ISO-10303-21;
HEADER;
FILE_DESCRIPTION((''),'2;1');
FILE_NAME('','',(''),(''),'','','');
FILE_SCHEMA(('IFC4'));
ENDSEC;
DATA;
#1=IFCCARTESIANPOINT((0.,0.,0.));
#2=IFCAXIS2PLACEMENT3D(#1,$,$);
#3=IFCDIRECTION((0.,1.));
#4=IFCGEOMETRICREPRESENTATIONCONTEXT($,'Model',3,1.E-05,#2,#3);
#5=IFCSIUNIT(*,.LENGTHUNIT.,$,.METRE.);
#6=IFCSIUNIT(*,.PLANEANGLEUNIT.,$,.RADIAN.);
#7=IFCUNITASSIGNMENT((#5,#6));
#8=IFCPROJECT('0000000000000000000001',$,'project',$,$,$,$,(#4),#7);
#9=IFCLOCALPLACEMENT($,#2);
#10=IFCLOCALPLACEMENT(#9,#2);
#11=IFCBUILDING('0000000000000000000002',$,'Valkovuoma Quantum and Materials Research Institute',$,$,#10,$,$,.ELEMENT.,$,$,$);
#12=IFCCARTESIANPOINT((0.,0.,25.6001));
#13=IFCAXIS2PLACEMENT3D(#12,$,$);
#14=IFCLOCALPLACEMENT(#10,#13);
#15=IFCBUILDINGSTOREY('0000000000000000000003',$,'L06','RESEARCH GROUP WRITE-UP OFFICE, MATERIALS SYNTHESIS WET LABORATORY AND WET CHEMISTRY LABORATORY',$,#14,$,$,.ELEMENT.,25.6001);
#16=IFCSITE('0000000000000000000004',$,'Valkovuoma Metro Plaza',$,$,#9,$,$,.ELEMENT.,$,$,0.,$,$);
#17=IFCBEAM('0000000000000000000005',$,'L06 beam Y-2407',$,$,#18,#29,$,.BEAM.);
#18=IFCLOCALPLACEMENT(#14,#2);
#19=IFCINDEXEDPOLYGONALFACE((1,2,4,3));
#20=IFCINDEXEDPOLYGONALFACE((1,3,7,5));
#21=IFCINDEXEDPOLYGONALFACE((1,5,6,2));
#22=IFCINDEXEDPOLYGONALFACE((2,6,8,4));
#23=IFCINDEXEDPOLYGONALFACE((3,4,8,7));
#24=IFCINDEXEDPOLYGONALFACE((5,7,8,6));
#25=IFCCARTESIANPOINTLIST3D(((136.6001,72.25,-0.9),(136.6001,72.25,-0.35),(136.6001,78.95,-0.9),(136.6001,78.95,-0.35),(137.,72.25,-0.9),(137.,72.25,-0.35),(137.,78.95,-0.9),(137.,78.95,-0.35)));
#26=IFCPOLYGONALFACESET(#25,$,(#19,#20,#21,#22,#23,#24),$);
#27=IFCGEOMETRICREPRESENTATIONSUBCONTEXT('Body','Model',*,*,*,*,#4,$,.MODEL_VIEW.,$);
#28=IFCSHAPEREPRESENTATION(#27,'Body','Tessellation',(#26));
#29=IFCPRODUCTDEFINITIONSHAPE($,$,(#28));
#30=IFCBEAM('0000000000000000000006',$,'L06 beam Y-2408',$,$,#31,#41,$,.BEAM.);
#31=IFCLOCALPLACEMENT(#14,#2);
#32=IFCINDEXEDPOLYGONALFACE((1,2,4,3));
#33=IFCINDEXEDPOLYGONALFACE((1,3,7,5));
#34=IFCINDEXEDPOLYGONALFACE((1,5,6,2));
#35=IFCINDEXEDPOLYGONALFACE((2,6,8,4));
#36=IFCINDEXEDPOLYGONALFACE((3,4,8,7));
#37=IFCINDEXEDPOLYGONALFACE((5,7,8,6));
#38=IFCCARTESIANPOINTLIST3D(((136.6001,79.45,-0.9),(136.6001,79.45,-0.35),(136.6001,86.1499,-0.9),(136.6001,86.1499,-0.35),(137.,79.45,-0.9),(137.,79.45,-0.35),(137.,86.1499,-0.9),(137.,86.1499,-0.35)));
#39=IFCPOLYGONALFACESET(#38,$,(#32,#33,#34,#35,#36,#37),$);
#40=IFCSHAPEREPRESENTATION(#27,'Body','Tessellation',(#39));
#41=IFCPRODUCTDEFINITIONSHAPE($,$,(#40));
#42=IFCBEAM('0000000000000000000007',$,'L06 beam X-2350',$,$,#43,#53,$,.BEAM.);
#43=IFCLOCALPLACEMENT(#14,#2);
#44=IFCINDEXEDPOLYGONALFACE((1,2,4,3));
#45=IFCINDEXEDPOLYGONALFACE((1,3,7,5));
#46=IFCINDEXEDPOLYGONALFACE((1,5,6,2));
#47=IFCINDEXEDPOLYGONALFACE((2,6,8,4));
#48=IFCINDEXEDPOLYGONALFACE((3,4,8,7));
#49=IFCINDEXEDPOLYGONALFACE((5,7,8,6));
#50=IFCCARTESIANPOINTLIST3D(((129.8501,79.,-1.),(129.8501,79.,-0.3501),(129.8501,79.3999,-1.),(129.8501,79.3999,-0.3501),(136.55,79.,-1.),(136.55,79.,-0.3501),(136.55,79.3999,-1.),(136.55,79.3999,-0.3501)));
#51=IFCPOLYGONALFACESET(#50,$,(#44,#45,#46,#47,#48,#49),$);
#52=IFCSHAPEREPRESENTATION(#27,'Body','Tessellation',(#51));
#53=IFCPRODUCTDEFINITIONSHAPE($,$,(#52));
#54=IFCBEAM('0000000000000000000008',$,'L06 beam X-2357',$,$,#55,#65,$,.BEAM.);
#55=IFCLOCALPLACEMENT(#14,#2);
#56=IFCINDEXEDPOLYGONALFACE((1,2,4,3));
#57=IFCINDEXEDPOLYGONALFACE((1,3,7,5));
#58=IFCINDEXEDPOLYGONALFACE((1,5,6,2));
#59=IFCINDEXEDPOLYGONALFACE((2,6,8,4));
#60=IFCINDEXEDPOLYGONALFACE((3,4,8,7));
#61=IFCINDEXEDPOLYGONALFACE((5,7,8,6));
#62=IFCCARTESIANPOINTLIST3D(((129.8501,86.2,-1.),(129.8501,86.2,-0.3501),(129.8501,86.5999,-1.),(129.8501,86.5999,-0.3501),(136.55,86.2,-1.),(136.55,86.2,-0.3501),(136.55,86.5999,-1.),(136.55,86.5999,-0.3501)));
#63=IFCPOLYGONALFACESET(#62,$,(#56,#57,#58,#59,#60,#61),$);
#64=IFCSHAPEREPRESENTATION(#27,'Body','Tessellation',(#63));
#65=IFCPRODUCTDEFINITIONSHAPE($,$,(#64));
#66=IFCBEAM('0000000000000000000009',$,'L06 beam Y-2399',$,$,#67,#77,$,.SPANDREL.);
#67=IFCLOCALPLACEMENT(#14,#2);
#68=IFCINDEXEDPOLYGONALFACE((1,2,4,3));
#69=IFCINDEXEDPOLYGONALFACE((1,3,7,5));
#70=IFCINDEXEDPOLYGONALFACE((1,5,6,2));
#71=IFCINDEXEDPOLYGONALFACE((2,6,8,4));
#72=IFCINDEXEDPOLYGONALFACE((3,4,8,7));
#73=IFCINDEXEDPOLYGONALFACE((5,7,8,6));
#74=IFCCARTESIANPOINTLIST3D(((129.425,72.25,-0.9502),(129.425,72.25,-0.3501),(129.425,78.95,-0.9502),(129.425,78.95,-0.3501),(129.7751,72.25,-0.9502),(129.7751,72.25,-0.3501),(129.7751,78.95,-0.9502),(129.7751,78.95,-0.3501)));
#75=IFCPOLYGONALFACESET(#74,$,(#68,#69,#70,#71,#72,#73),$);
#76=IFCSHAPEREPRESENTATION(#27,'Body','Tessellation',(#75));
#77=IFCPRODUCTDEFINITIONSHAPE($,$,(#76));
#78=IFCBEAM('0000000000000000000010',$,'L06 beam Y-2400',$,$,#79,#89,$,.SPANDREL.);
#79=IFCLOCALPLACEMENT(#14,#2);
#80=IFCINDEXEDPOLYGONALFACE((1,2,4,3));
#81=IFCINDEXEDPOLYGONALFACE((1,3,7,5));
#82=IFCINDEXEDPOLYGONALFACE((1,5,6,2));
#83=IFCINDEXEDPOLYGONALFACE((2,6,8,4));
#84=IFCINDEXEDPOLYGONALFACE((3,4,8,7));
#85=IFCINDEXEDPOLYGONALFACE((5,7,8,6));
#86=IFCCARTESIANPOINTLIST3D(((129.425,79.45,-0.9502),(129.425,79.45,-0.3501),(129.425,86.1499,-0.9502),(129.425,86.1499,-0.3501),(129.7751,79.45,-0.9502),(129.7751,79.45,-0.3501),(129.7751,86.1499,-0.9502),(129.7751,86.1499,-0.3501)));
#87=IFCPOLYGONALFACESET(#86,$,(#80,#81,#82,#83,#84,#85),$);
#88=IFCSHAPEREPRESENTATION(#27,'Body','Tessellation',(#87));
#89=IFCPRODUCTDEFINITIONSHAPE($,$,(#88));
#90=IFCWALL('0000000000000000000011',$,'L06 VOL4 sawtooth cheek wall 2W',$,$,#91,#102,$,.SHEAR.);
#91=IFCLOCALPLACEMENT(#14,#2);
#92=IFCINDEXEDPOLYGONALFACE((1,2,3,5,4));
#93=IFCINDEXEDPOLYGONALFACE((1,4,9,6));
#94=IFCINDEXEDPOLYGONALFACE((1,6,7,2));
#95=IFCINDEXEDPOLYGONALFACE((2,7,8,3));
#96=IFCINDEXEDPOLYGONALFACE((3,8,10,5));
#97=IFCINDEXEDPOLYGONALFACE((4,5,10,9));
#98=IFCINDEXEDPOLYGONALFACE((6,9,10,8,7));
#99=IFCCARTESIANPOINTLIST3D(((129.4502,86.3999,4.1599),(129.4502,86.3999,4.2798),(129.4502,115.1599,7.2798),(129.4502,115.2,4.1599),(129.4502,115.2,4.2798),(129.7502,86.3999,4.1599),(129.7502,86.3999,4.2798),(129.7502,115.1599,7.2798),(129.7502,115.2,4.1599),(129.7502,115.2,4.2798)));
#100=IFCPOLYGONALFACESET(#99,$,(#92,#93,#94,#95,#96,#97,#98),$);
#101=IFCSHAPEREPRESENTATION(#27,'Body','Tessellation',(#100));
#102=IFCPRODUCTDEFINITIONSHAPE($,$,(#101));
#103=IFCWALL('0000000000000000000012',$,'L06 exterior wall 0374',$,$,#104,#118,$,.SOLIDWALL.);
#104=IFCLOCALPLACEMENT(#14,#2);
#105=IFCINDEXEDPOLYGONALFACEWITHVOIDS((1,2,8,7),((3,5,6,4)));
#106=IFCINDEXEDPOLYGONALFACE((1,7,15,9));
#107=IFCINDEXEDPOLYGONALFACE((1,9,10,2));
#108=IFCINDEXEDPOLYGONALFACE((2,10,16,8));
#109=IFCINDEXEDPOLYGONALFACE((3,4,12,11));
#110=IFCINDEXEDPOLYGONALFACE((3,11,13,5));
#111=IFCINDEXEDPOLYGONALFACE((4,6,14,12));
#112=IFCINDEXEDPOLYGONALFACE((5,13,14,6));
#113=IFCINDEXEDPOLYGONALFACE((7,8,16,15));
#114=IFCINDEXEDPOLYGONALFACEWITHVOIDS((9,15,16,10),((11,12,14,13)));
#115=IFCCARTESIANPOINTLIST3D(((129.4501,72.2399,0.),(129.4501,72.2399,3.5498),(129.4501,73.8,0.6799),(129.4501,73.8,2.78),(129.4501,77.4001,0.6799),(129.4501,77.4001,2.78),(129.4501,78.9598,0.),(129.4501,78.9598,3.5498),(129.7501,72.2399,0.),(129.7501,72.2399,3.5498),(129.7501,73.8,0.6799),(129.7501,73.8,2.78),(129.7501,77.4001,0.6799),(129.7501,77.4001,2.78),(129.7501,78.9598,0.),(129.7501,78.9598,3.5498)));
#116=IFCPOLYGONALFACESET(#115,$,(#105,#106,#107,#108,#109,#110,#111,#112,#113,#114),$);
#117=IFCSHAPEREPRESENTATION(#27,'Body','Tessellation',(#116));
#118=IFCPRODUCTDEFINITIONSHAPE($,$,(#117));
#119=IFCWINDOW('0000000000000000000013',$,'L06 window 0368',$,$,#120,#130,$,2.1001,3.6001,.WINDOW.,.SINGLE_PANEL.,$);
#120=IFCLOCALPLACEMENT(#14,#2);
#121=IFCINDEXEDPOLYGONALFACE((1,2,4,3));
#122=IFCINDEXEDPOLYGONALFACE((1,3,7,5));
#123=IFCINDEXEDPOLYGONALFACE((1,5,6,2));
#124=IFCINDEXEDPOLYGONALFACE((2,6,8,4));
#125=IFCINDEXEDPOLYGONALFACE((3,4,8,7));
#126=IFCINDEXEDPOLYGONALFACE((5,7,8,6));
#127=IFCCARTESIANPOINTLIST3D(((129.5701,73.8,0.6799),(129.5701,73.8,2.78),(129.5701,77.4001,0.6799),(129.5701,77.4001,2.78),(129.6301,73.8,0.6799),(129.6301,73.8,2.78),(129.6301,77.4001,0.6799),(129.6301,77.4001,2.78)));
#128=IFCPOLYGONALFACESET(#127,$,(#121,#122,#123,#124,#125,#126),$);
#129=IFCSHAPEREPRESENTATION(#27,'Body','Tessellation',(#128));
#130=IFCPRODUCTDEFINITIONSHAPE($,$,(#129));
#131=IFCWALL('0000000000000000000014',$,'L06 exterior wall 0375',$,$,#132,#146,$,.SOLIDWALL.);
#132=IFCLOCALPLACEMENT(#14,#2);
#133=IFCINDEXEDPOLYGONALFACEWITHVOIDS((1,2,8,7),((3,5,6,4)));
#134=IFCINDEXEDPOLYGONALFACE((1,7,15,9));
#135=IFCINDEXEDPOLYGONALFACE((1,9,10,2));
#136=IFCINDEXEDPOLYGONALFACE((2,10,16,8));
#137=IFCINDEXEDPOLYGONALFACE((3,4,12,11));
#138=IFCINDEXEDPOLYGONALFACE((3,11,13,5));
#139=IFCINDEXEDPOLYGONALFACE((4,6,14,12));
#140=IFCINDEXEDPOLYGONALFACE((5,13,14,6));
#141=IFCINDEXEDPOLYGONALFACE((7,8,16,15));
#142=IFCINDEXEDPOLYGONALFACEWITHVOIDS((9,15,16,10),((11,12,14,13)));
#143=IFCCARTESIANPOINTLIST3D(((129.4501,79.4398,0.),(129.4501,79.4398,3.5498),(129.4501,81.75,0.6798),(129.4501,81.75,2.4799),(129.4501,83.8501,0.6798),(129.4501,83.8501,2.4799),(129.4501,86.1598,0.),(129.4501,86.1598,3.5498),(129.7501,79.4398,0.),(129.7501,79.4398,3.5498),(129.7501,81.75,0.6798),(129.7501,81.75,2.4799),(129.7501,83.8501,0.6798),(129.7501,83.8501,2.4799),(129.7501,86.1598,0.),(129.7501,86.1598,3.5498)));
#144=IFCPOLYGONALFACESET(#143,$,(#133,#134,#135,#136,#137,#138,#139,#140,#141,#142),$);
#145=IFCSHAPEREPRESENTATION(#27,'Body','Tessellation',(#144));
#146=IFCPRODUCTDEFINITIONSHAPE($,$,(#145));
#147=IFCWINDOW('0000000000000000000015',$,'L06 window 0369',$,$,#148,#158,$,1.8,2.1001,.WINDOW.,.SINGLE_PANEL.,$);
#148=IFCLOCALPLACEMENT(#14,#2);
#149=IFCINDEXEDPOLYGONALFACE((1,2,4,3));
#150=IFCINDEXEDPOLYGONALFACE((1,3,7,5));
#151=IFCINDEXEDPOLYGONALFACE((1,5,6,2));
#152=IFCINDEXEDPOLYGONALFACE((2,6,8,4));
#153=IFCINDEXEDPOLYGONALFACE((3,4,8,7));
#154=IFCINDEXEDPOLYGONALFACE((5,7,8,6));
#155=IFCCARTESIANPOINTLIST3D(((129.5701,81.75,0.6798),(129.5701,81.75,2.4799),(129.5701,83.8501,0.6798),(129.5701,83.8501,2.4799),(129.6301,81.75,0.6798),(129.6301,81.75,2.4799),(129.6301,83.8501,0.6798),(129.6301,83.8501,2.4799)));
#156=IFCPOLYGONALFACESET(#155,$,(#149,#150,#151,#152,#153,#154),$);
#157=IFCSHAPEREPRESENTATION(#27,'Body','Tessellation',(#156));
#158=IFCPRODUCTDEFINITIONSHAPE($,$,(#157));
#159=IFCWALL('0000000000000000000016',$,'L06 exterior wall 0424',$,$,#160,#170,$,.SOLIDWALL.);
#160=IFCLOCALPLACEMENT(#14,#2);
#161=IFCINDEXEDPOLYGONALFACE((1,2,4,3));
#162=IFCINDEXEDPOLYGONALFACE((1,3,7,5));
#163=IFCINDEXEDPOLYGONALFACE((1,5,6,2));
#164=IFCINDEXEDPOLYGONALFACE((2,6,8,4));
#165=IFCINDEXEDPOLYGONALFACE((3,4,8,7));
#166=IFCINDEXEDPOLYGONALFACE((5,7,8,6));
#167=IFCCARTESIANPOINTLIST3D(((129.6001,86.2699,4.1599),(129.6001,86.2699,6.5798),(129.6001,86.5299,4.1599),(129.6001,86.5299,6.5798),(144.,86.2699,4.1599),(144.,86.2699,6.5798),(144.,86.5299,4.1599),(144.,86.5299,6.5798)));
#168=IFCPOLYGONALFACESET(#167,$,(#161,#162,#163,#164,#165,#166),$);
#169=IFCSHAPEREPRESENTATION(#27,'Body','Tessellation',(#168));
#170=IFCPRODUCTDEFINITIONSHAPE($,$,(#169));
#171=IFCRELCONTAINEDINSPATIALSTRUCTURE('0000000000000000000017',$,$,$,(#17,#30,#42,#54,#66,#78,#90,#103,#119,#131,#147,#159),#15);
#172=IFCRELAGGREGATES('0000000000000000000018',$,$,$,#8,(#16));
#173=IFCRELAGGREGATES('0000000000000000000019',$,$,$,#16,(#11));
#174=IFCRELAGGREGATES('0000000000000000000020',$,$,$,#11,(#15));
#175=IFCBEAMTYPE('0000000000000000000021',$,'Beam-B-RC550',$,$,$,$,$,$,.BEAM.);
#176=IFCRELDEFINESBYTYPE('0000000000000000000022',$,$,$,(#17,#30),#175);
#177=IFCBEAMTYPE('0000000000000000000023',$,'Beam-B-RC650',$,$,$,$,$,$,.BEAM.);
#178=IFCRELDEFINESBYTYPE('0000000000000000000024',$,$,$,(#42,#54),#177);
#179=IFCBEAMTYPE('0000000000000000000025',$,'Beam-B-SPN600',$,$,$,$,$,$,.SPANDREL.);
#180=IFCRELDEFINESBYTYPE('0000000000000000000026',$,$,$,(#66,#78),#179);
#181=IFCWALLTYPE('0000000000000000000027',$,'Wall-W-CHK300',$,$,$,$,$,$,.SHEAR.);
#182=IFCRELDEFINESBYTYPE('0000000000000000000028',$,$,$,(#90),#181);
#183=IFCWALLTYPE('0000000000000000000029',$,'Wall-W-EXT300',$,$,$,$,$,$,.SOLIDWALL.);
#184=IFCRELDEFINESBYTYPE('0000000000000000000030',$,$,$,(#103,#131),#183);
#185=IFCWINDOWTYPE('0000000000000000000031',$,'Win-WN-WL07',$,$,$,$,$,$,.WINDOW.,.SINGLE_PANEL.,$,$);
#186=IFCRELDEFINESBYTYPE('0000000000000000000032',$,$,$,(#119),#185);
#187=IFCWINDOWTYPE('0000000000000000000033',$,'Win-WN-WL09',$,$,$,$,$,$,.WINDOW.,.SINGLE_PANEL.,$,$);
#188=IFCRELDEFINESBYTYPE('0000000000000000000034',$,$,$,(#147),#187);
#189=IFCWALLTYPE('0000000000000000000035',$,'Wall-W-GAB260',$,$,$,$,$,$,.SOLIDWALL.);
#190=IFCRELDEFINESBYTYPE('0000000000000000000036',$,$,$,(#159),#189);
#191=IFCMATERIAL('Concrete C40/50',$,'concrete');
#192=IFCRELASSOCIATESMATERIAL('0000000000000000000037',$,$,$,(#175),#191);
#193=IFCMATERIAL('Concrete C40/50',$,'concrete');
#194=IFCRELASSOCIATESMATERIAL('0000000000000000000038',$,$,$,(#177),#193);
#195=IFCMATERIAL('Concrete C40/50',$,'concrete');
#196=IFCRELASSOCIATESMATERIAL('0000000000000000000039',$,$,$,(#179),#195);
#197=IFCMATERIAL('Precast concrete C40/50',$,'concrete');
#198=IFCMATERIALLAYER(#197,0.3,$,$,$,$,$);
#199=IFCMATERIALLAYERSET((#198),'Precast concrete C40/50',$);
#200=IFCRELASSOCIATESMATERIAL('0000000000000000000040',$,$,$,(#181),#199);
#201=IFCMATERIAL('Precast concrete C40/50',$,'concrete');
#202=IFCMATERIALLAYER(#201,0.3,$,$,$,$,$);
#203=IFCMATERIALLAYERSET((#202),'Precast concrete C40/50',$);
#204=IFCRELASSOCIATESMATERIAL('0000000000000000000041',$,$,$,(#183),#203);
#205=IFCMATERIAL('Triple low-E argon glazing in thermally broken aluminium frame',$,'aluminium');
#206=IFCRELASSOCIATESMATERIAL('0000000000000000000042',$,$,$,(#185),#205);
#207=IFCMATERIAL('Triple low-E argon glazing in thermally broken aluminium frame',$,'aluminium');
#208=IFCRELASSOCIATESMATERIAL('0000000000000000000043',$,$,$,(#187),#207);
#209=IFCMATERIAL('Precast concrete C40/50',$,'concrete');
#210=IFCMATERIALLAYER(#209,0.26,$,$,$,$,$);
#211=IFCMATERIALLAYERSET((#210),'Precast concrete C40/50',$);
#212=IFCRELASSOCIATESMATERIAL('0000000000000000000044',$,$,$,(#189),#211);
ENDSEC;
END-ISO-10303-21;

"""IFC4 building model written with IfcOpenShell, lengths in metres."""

from ifc_helpers import new_model, si_unit, direction, frame, frame_2d, origin, origin_2d, place, context, subcontext, project, spatial, polyline, rectangle, outline, extrude, material, layer, layer_set, material_profile, profile_set, type_object, element, fill, save


model = new_model("IFC4")

# Units and contexts
model_context = context("Model", 3, precision=1e-05, world=origin(), true_north=direction((0.0, 1.0)))
body_context = subcontext(model_context, "Body", "Model", "MODEL_VIEW")
ifc_project = project(units=[si_unit("LENGTHUNIT", "METRE"), si_unit("PLANEANGLEUNIT", "RADIAN")], contexts=[model_context])

# Site, building, storey
site_placement = place(None, origin())
site = spatial("IfcSite", under=ifc_project, at=site_placement, Name="Valkovuoma Metro Plaza", CompositionType="ELEMENT", RefElevation=0.0)
building_placement = place(site_placement, origin())
building = spatial("IfcBuilding", under=site, at=building_placement, Name="Valkovuoma Quantum and Materials Research Institute", CompositionType="ELEMENT")
storey_placement = place(building_placement, frame((0.0, 0.0, 25.6001)))
storey = spatial("IfcBuildingStorey", under=building, at=storey_placement, Name="L06", Description="RESEARCH GROUP WRITE-UP OFFICE, MATERIALS SYNTHESIS WET LABORATORY AND WET CHEMISTRY LABORATORY", CompositionType="ELEMENT", Elevation=25.6001)

# Beams
ifc_material_1 = material(Name="Concrete C40/50", Category="concrete")
ifc_material_profile_1 = material_profile(ifc_material_1, rectangle(XDim=0.3999, YDim=0.55, at=origin_2d()), Name="Concrete C40/50")
ifc_profile_set_1 = profile_set([ifc_material_profile_1], Name="Concrete C40/50")
beam_type_1 = type_object("IfcBeamType", Name="Beam-B-RC550", PredefinedType="BEAM", material=ifc_profile_set_1)
for number, where, z_axis, x_axis, name in (
    (1, (136.8, 72.25, -0.625), (0.0, 1.0, 0.0), (-1.0, 0.0, 0.0), "L06 beam Y-2407"),
    (2, (136.8, 79.45, -0.625), (0.0, 1.0, 0.0), (-1.0, 0.0, 0.0), "L06 beam Y-2408"),
):
    element("IfcBeam", number, at=place(storey_placement, frame(where, z_axis=z_axis, x_axis=x_axis)), inside=storey, type_object=beam_type_1, Name=name, PredefinedType="BEAM", context=body_context, shape_type="SweptSolid", body=[
        extrude(rectangle(XDim=0.3999, YDim=0.55, at=origin_2d()), origin(), (0.0, 0.0, 1.0), 6.7),
    ])
ifc_material_2 = material(Name="Concrete C40/50", Category="concrete")
ifc_material_profile_2 = material_profile(ifc_material_2, rectangle(XDim=0.3999, YDim=0.6499, at=origin_2d()), Name="Concrete C40/50")
ifc_profile_set_2 = profile_set([ifc_material_profile_2], Name="Concrete C40/50")
beam_type_2 = type_object("IfcBeamType", Name="Beam-B-RC650", PredefinedType="BEAM", material=ifc_profile_set_2)
for number, where, z_axis, x_axis, name in (
    (3, (129.8501, 79.2, -0.675), (1.0, 0.0, 0.0), (0.0, 1.0, 0.0), "L06 beam X-2350"),
    (4, (129.8501, 86.3999, -0.675), (1.0, 0.0, 0.0), (0.0, 1.0, 0.0), "L06 beam X-2357"),
):
    element("IfcBeam", number, at=place(storey_placement, frame(where, z_axis=z_axis, x_axis=x_axis)), inside=storey, type_object=beam_type_2, Name=name, PredefinedType="BEAM", context=body_context, shape_type="SweptSolid", body=[
        extrude(rectangle(XDim=0.3999, YDim=0.6499, at=origin_2d()), origin(), (0.0, 0.0, 1.0), 6.7),
    ])
ifc_material_3 = material(Name="Concrete C40/50", Category="concrete")
ifc_material_profile_3 = material_profile(ifc_material_3, rectangle(XDim=0.3501, YDim=0.6001, at=origin_2d()), Name="Concrete C40/50")
ifc_profile_set_3 = profile_set([ifc_material_profile_3], Name="Concrete C40/50")
beam_type_3 = type_object("IfcBeamType", Name="Beam-B-SPN600", PredefinedType="SPANDREL", material=ifc_profile_set_3)
for number, where, z_axis, x_axis, name in (
    (5, (129.6001, 72.25, -0.6501), (0.0, 1.0, 0.0), (-1.0, 0.0, 0.0), "L06 beam Y-2399"),
    (6, (129.6001, 79.45, -0.6501), (0.0, 1.0, 0.0), (-1.0, 0.0, 0.0), "L06 beam Y-2400"),
):
    element("IfcBeam", number, at=place(storey_placement, frame(where, z_axis=z_axis, x_axis=x_axis)), inside=storey, type_object=beam_type_3, Name=name, PredefinedType="SPANDREL", context=body_context, shape_type="SweptSolid", body=[
        extrude(rectangle(XDim=0.3501, YDim=0.6001, at=origin_2d()), origin(), (0.0, 0.0, 1.0), 6.7),
    ])

# Wall
ifc_material_4 = material(Name="Precast concrete C40/50", Category="concrete")
ifc_layer_1 = layer(ifc_material_4, 0.3)
ifc_layer_set_1 = layer_set([ifc_layer_1], Name="Precast concrete C40/50")
wall_type_1 = type_object("IfcWallType", Name="Wall-W-CHK300", PredefinedType="SHEAR", material=ifc_layer_set_1)
wall_1_placement = place(storey_placement, frame((129.6001, 86.3999, 4.1599), z_axis=(0.0, 0.0, 1.0), x_axis=(0.0, 1.0, 0.0)))
element("IfcWall", 7, at=wall_1_placement, inside=storey, type_object=wall_type_1, Name="L06 VOL4 sawtooth cheek wall 2W", PredefinedType="SHEAR", context=body_context, shape_type="SweptSolid", body=[
    extrude(outline(polyline([(0.0, 0.0), (28.8, 0.0), (28.8, 0.1199), (28.76, 3.1199), (0.0, 0.1199), (0.0, 0.0)])), frame((0.0, 0.1499, 0.0), z_axis=(0.0, -1.0, 0.0), x_axis=(1.0, 0.0, 0.0)), (0.0, 0.0, 1.0), 0.3),
])

# Walls, openings, windows
ifc_material_5 = material(Name="Precast concrete C40/50", Category="concrete")
ifc_layer_2 = layer(ifc_material_5, 0.3)
ifc_layer_set_2 = layer_set([ifc_layer_2], Name="Precast concrete C40/50")
wall_type_2 = type_object("IfcWallType", Name="Wall-W-EXT300", PredefinedType="SOLIDWALL", material=ifc_layer_set_2)
wall_2_placement = place(storey_placement, frame((129.6001, 72.24, 0.0), z_axis=(0.0, 0.0, 1.0), x_axis=(0.0, 1.0, 0.0)))
wall_2 = element("IfcWall", 8, at=wall_2_placement, inside=storey, type_object=wall_type_2, Name="L06 exterior wall 0374", PredefinedType="SOLIDWALL", context=body_context, shape_type="SweptSolid", body=[
    extrude(rectangle(XDim=6.72, YDim=0.3, at=frame_2d((3.3599, 0.0))), origin(), (0.0, 0.0, 1.0), 3.5498),
])
opening_1_placement = place(wall_2_placement, frame((1.5601, 0.0, 0.6799)))
opening_1 = element("IfcOpeningElement", 9, at=opening_1_placement, cuts=wall_2, PredefinedType="OPENING", context=body_context, shape_type="SweptSolid", body=[
    extrude(rectangle(XDim=3.6001, YDim=2.1001, at=frame_2d((1.8, 1.05))), frame((0.0, 0.1602, 0.0), z_axis=(0.0, -1.0, 0.0), x_axis=(1.0, 0.0, 0.0)), (0.0, 0.0, 1.0), 0.3201),
])
ifc_material_6 = material(Name="Triple low-E argon glazing in thermally broken aluminium frame", Category="aluminium")
window_type_1 = type_object("IfcWindowType", Name="Win-WN-WL07", PartitioningType="SINGLE_PANEL", PredefinedType="WINDOW", material=ifc_material_6)
window_1_placement = place(opening_1_placement, origin())
window_1 = element("IfcWindow", 10, at=window_1_placement, inside=storey, type_object=window_type_1, Name="L06 window 0368", OverallHeight=2.1001, OverallWidth=3.6001, PartitioningType="SINGLE_PANEL", PredefinedType="WINDOW", context=body_context, shape_type="SweptSolid", body=[
    extrude(rectangle(XDim=3.6001, YDim=2.1001, at=frame_2d((1.8, 1.05))), frame((0.0, 0.03, 0.0), z_axis=(0.0, -1.0, 0.0), x_axis=(1.0, 0.0, 0.0)), (0.0, 0.0, 1.0), 0.0601),
])
fill(opening_1, window_1)
wall_3_placement = place(storey_placement, frame((129.6001, 79.4399, 0.0), z_axis=(0.0, 0.0, 1.0), x_axis=(0.0, 1.0, 0.0)))
wall_3 = element("IfcWall", 11, at=wall_3_placement, inside=storey, type_object=wall_type_2, Name="L06 exterior wall 0375", PredefinedType="SOLIDWALL", context=body_context, shape_type="SweptSolid", body=[
    extrude(rectangle(XDim=6.72, YDim=0.3, at=frame_2d((3.3599, 0.0))), origin(), (0.0, 0.0, 1.0), 3.5498),
])
opening_2_placement = place(wall_3_placement, frame((2.3101, 0.0, 0.6799)))
opening_2 = element("IfcOpeningElement", 12, at=opening_2_placement, cuts=wall_3, PredefinedType="OPENING", context=body_context, shape_type="SweptSolid", body=[
    extrude(rectangle(XDim=2.1001, YDim=1.8, at=frame_2d((1.05, 0.8999))), frame((0.0, 0.1602, 0.0), z_axis=(0.0, -1.0, 0.0), x_axis=(1.0, 0.0, 0.0)), (0.0, 0.0, 1.0), 0.3201),
])
ifc_material_7 = material(Name="Triple low-E argon glazing in thermally broken aluminium frame", Category="aluminium")
window_type_2 = type_object("IfcWindowType", Name="Win-WN-WL09", PartitioningType="SINGLE_PANEL", PredefinedType="WINDOW", material=ifc_material_7)
window_2_placement = place(opening_2_placement, origin())
window_2 = element("IfcWindow", 13, at=window_2_placement, inside=storey, type_object=window_type_2, Name="L06 window 0369", OverallHeight=1.8, OverallWidth=2.1001, PartitioningType="SINGLE_PANEL", PredefinedType="WINDOW", context=body_context, shape_type="SweptSolid", body=[
    extrude(rectangle(XDim=2.1001, YDim=1.8, at=frame_2d((1.05, 0.8999))), frame((0.0, 0.03, 0.0), z_axis=(0.0, -1.0, 0.0), x_axis=(1.0, 0.0, 0.0)), (0.0, 0.0, 1.0), 0.0601),
])
fill(opening_2, window_2)

# Wall
ifc_material_8 = material(Name="Precast concrete C40/50", Category="concrete")
ifc_layer_3 = layer(ifc_material_8, 0.26)
ifc_layer_set_3 = layer_set([ifc_layer_3], Name="Precast concrete C40/50")
wall_type_3 = type_object("IfcWallType", Name="Wall-W-GAB260", PredefinedType="SOLIDWALL", material=ifc_layer_set_3)
wall_4_placement = place(storey_placement, frame((129.6001, 86.3999, 4.1599), z_axis=(0.0, 0.0, 1.0), x_axis=(1.0, 0.0, 0.0)))
element("IfcWall", 14, at=wall_4_placement, inside=storey, type_object=wall_type_3, Name="L06 exterior wall 0424", PredefinedType="SOLIDWALL", context=body_context, shape_type="SweptSolid", body=[
    extrude(rectangle(XDim=14.3999, YDim=0.26, at=frame_2d((7.2, 0.0))), origin(), (0.0, 0.0, 1.0), 2.4199),
])

save(model, "model.ifc")
